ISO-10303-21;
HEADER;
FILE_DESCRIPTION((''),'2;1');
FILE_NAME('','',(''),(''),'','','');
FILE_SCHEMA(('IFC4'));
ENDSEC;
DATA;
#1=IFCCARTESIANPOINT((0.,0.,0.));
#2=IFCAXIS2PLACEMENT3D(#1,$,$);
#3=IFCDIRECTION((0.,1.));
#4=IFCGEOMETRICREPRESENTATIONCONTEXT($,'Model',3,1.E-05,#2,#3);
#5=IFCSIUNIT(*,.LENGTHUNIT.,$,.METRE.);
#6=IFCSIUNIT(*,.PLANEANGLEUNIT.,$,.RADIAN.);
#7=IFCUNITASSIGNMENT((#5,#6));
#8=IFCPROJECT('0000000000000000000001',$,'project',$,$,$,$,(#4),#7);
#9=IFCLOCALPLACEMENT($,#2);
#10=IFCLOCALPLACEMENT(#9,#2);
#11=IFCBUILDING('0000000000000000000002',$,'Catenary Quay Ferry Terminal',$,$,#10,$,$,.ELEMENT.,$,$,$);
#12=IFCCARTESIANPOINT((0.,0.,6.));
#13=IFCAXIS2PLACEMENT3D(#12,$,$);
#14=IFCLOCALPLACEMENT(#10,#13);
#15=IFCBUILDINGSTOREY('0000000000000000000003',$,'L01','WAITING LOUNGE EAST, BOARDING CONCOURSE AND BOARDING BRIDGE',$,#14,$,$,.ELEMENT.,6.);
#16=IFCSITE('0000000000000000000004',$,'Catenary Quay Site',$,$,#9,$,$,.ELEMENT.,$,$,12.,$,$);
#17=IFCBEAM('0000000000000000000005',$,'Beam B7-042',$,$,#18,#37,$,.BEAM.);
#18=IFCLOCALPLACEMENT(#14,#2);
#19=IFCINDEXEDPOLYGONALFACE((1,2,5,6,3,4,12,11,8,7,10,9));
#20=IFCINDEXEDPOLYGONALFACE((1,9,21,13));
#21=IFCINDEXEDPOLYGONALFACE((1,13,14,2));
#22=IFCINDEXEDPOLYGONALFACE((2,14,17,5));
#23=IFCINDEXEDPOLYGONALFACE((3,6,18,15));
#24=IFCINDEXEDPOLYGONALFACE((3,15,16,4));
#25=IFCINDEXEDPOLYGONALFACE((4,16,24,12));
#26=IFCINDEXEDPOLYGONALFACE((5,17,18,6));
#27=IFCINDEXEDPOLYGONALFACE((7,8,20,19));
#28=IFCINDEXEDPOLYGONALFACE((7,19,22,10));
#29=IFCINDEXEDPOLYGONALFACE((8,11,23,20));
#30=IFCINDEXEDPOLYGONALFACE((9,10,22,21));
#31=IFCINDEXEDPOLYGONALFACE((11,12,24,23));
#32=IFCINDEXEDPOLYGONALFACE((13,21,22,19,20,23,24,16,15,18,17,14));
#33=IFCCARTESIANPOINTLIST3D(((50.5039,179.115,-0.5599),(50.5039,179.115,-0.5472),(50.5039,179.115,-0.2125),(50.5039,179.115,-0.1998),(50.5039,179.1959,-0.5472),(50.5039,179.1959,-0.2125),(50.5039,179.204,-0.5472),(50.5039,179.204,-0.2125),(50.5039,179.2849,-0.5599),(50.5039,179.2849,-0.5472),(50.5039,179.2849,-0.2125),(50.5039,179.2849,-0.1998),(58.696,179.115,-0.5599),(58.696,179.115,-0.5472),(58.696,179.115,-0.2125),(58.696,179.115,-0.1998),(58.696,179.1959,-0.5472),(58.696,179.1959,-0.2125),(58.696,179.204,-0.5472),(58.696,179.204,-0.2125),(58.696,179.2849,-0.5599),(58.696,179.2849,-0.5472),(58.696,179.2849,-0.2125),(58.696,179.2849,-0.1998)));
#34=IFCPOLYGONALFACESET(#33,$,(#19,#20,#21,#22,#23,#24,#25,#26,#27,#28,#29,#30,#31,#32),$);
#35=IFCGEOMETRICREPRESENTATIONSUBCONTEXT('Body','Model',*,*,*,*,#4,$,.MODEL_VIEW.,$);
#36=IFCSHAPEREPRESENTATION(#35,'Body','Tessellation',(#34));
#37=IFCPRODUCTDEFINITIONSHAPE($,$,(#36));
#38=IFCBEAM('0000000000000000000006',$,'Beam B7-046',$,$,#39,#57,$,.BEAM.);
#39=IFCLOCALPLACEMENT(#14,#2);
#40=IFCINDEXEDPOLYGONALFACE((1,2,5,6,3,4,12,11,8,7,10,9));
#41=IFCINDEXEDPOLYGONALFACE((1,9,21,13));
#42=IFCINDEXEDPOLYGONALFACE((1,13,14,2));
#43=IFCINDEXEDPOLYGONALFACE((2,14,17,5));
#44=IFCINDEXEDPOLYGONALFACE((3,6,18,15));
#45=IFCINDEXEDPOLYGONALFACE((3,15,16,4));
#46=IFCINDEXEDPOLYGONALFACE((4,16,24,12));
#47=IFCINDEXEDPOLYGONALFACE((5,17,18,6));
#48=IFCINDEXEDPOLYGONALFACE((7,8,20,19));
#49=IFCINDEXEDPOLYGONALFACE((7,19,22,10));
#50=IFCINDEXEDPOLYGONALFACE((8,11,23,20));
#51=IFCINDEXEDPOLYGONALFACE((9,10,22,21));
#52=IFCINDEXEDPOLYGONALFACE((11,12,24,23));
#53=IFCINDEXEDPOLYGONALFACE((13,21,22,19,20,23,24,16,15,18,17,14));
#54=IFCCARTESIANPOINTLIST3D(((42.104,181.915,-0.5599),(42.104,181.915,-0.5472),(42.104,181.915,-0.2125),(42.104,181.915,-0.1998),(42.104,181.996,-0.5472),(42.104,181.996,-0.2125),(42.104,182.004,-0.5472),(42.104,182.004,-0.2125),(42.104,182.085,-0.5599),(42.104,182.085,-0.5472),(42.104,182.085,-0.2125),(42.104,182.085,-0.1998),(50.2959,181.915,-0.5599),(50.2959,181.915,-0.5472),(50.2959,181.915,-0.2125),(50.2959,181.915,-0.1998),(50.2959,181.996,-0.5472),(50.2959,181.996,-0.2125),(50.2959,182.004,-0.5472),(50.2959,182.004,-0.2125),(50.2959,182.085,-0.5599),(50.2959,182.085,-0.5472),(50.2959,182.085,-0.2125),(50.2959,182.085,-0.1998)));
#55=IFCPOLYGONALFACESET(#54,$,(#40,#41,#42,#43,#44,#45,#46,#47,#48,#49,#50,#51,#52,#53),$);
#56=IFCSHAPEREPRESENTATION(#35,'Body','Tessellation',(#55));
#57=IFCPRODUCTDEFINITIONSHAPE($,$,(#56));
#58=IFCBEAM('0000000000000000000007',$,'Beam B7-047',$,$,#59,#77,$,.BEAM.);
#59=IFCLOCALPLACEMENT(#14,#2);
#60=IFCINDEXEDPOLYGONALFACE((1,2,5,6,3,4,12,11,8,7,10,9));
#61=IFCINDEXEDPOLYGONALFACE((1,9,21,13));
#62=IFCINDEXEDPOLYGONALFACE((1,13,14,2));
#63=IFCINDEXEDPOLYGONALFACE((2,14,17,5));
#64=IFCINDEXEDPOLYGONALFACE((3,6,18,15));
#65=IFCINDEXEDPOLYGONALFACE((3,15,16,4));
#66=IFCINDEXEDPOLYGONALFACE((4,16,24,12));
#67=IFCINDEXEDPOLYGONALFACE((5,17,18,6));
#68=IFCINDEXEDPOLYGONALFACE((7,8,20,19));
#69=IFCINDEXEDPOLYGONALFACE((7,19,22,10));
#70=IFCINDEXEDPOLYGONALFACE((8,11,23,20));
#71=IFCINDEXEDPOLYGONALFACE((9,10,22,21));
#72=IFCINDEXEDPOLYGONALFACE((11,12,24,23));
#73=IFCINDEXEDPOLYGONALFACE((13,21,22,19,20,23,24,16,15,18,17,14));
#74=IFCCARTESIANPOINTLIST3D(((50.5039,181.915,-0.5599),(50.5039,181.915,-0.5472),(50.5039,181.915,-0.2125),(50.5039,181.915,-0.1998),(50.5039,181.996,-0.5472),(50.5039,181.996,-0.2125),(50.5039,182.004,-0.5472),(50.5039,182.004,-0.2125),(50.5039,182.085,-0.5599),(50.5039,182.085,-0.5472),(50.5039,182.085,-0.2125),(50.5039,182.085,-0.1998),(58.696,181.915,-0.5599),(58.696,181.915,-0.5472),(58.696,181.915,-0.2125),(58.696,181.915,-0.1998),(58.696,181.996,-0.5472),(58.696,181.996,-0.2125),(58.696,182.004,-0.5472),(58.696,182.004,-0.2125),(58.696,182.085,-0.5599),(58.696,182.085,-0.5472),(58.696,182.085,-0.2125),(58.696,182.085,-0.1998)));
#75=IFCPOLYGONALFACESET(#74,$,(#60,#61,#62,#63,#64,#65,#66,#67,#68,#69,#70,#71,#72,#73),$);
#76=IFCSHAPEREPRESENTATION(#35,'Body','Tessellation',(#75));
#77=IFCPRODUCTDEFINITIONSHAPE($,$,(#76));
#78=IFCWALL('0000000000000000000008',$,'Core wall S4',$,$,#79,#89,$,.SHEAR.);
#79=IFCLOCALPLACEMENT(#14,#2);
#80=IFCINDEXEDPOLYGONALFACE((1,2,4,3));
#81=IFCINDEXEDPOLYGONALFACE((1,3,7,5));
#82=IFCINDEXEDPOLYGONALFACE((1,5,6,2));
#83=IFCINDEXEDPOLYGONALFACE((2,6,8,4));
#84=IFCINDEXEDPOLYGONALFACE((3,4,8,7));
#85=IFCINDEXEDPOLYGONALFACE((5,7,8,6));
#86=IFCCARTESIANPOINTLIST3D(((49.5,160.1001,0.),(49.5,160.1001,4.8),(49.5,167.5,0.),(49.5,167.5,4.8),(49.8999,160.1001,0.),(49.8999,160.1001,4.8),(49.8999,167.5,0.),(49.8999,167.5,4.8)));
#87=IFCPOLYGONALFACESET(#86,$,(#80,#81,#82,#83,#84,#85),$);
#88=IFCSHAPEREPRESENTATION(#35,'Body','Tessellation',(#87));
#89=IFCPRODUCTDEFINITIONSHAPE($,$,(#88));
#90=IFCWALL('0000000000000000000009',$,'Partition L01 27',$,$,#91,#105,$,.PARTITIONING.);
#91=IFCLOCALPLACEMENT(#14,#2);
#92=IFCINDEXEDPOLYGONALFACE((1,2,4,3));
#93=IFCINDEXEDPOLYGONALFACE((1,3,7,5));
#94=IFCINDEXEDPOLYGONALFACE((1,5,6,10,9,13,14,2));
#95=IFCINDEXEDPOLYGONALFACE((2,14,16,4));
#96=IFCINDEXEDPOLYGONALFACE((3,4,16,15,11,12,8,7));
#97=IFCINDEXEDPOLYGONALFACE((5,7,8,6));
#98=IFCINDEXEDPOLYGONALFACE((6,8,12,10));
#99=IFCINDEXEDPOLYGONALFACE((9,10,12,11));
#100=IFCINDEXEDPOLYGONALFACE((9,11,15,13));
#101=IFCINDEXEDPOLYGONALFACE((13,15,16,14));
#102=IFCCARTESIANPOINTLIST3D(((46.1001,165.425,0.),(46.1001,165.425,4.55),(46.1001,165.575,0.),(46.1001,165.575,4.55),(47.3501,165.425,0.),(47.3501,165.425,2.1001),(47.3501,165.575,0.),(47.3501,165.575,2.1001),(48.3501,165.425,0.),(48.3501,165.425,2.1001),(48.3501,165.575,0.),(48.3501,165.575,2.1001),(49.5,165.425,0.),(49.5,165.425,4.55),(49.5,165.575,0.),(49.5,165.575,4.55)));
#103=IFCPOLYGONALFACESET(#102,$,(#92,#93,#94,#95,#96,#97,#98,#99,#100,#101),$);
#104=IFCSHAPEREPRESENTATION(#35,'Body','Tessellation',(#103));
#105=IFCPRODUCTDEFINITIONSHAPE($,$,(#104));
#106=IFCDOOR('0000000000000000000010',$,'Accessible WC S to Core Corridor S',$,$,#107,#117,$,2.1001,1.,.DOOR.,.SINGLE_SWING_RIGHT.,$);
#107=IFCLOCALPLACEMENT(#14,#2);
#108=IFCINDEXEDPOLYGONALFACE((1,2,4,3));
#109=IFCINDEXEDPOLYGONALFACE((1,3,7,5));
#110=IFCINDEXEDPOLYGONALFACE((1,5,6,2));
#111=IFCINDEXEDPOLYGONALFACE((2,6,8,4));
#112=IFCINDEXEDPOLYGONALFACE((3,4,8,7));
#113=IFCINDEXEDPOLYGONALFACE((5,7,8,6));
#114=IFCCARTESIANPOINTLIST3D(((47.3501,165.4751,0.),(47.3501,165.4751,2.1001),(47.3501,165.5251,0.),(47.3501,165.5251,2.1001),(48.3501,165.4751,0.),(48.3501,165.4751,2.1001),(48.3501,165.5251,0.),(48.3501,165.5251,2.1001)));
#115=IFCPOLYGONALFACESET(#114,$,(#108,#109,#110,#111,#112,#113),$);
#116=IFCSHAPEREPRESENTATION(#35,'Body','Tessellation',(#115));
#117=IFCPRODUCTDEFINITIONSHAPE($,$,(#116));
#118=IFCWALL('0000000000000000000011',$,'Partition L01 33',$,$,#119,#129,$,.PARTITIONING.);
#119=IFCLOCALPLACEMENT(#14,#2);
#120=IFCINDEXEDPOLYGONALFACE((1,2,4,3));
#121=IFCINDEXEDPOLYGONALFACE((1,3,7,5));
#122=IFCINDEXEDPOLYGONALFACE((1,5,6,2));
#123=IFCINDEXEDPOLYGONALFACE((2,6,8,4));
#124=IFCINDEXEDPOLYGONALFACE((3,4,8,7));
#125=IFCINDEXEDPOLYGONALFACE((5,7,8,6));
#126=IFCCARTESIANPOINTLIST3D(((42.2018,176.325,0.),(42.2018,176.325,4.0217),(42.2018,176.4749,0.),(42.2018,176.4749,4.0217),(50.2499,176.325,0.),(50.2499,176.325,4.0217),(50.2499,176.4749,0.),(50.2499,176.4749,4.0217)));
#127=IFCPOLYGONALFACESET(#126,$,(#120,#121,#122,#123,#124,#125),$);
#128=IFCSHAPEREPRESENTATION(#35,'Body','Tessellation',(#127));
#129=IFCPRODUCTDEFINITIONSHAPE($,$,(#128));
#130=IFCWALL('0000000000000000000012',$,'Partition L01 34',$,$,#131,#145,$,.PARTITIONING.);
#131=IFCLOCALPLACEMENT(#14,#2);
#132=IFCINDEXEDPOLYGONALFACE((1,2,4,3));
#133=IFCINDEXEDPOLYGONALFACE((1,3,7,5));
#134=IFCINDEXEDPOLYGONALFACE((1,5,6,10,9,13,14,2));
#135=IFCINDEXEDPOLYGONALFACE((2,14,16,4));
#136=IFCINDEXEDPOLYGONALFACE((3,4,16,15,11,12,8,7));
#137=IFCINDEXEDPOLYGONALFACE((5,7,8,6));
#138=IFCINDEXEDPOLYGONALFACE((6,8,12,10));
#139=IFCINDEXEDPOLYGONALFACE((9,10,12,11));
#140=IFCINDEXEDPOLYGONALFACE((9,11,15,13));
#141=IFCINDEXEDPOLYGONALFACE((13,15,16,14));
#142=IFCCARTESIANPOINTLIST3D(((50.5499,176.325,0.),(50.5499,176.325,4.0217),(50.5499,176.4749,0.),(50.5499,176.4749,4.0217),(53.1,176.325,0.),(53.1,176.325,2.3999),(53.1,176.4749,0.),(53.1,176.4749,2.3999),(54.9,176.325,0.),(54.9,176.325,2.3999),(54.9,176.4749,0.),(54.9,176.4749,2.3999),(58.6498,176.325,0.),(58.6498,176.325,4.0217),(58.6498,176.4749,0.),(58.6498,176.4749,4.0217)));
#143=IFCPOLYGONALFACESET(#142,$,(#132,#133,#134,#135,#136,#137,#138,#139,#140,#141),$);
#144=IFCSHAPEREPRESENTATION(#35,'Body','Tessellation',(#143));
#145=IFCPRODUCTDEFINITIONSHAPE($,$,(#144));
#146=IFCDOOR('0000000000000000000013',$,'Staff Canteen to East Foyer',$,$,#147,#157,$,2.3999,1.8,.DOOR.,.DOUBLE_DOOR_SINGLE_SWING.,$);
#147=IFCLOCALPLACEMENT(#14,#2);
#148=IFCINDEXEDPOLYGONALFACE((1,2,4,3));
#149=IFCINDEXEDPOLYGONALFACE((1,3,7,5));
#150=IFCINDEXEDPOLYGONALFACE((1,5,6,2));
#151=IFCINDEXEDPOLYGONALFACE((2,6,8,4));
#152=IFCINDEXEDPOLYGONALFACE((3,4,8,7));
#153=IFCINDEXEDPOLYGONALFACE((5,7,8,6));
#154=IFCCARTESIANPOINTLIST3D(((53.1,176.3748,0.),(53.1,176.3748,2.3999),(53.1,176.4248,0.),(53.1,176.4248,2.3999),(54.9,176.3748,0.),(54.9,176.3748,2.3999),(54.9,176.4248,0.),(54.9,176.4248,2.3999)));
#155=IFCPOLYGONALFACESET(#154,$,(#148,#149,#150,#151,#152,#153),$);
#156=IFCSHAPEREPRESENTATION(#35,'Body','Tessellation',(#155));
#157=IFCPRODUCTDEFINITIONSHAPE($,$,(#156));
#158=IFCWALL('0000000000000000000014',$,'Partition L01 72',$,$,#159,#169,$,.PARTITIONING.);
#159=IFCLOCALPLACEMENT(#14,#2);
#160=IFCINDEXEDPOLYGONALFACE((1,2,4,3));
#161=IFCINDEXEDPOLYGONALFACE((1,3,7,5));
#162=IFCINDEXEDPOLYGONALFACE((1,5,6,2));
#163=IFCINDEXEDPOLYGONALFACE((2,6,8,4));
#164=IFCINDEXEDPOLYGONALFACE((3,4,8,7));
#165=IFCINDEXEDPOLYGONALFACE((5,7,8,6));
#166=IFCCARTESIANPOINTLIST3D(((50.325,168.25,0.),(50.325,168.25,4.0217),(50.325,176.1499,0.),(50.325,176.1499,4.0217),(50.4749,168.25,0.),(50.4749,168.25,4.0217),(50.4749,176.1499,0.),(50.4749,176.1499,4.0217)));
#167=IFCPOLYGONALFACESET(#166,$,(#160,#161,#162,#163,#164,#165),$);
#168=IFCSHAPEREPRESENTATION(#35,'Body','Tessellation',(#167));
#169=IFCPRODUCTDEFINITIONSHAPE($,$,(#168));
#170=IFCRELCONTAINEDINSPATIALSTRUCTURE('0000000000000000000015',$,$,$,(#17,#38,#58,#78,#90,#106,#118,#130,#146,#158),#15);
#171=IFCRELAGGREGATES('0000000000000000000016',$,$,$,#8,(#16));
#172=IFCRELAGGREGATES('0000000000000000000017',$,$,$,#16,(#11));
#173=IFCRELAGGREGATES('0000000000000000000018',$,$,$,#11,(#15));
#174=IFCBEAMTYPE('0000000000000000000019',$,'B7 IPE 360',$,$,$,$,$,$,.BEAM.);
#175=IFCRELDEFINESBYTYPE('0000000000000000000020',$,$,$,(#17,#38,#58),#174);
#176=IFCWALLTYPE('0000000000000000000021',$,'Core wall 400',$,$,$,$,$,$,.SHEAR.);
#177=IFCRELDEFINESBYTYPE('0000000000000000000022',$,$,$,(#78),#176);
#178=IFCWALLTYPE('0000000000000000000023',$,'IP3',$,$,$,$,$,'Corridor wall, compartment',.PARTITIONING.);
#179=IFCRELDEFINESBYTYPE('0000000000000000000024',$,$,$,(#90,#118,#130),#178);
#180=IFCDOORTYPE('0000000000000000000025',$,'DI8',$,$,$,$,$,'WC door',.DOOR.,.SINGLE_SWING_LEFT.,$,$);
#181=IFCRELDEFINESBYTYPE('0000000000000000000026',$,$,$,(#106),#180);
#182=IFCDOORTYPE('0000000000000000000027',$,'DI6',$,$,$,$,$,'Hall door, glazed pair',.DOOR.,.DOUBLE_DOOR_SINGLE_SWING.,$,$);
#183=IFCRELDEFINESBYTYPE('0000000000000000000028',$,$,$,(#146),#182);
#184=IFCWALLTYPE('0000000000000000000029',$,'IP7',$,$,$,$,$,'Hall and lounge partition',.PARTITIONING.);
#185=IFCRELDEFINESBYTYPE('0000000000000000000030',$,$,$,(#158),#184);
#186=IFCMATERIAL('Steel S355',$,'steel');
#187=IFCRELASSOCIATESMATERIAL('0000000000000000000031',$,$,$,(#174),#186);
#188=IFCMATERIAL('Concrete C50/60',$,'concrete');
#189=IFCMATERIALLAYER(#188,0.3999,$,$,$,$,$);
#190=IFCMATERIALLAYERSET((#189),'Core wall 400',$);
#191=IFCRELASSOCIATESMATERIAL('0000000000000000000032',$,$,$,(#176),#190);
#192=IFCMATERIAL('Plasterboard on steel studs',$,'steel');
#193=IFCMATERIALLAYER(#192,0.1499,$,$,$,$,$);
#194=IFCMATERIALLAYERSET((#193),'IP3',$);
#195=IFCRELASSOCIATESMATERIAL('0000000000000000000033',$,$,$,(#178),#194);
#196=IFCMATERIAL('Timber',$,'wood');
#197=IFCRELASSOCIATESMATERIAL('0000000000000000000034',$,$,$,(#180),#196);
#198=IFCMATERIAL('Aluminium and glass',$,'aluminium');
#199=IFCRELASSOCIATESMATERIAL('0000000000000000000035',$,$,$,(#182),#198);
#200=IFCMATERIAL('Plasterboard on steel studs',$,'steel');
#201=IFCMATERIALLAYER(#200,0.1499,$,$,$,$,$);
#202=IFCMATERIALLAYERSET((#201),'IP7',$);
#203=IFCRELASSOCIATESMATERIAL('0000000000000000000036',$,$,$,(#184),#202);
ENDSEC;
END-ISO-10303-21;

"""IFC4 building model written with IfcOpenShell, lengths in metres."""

from ifc_helpers import new_model, si_unit, direction, frame, frame_2d, origin, origin_2d, place, context, subcontext, project, spatial, rectangle, i_section, extrude, material, layer, layer_set, material_profile, profile_set, type_object, element, fill, save


model = new_model("IFC4")

# Units and contexts
model_context = context("Model", 3, precision=1e-05, world=origin(), true_north=direction((0.0, 1.0)))
body_context = subcontext(model_context, "Body", "Model", "MODEL_VIEW")
ifc_project = project(units=[si_unit("LENGTHUNIT", "METRE"), si_unit("PLANEANGLEUNIT", "RADIAN")], contexts=[model_context])

# Site, building, storey
site_placement = place(None, origin())
site = spatial("IfcSite", under=ifc_project, at=site_placement, Name="Catenary Quay Site", CompositionType="ELEMENT", RefElevation=12.0)
building_placement = place(site_placement, origin())
building = spatial("IfcBuilding", under=site, at=building_placement, Name="Catenary Quay Ferry Terminal", CompositionType="ELEMENT")
storey_placement = place(building_placement, frame((0.0, 0.0, 6.0)))
storey = spatial("IfcBuildingStorey", under=building, at=storey_placement, Name="L01", Description="WAITING LOUNGE EAST, BOARDING CONCOURSE AND BOARDING BRIDGE", CompositionType="ELEMENT", Elevation=6.0)

# Beams
ifc_material_1 = material(Name="Steel S355", Category="steel")
ifc_material_profile_1 = material_profile(ifc_material_1, i_section(OverallWidth=0.1699, OverallDepth=0.3601, WebThickness=0.0081, FlangeThickness=0.0127, at=origin_2d()), Name="IPE 360")
ifc_profile_set_1 = profile_set([ifc_material_profile_1], Name="Steel S355")
beam_type_1 = type_object("IfcBeamType", Name="B7 IPE 360", PredefinedType="BEAM", material=ifc_profile_set_1)
beam_1_placement = place(storey_placement, frame((50.5039, 179.2, -0.3799), z_axis=(1.0, 0.0, 0.0), x_axis=(0.0, 1.0, 0.0)))
element("IfcBeam", 1, at=beam_1_placement, inside=storey, type_object=beam_type_1, Name="Beam B7-042", PredefinedType="BEAM", context=body_context, shape_type="SweptSolid", body=[
    extrude(i_section(OverallWidth=0.1699, OverallDepth=0.3601, WebThickness=0.0081, FlangeThickness=0.0127, at=origin_2d()), origin(), (0.0, 0.0, 1.0), 8.1921),
])
beam_2_placement = place(storey_placement, frame((42.104, 182.0, -0.3799), z_axis=(1.0, 0.0, 0.0), x_axis=(0.0, 1.0, 0.0)))
element("IfcBeam", 2, at=beam_2_placement, inside=storey, type_object=beam_type_1, Name="Beam B7-046", PredefinedType="BEAM", context=body_context, shape_type="SweptSolid", body=[
    extrude(i_section(OverallWidth=0.1699, OverallDepth=0.3601, WebThickness=0.0081, FlangeThickness=0.0127, at=origin_2d()), origin(), (0.0, 0.0, 1.0), 8.1919),
])
beam_3_placement = place(storey_placement, frame((50.5039, 182.0, -0.3799), z_axis=(1.0, 0.0, 0.0), x_axis=(0.0, 1.0, 0.0)))
element("IfcBeam", 3, at=beam_3_placement, inside=storey, type_object=beam_type_1, Name="Beam B7-047", PredefinedType="BEAM", context=body_context, shape_type="SweptSolid", body=[
    extrude(i_section(OverallWidth=0.1699, OverallDepth=0.3601, WebThickness=0.0081, FlangeThickness=0.0127, at=origin_2d()), origin(), (0.0, 0.0, 1.0), 8.1921),
])

# Wall
ifc_material_2 = material(Name="Concrete C50/60", Category="concrete")
ifc_layer_1 = layer(ifc_material_2, 0.3999)
ifc_layer_set_1 = layer_set([ifc_layer_1], Name="Core wall 400")
wall_type_1 = type_object("IfcWallType", Name="Core wall 400", PredefinedType="SHEAR", material=ifc_layer_set_1)
wall_1_placement = place(storey_placement, frame((49.7, 160.1001, 0.0), z_axis=(0.0, 0.0, 1.0), x_axis=(0.0, 1.0, 0.0)))
element("IfcWall", 4, at=wall_1_placement, inside=storey, type_object=wall_type_1, Name="Core wall S4", PredefinedType="SHEAR", context=body_context, shape_type="SweptSolid", body=[
    extrude(rectangle(XDim=7.3999, YDim=0.3999, at=frame_2d((3.7, 0.0))), origin(), (0.0, 0.0, 1.0), 4.8),
])

# Wall, opening, door
ifc_material_3 = material(Name="Plasterboard on steel studs", Category="steel")
ifc_layer_2 = layer(ifc_material_3, 0.1499)
ifc_layer_set_2 = layer_set([ifc_layer_2], Name="IP3")
wall_type_2 = type_object("IfcWallType", Name="IP3", ElementType="Corridor wall, compartment", PredefinedType="PARTITIONING", material=ifc_layer_set_2)
wall_2_placement = place(storey_placement, frame((46.1001, 165.5, 0.0), z_axis=(0.0, 0.0, 1.0), x_axis=(1.0, 0.0, 0.0)))
wall_2 = element("IfcWall", 5, at=wall_2_placement, inside=storey, type_object=wall_type_2, Name="Partition L01 27", PredefinedType="PARTITIONING", context=body_context, shape_type="SweptSolid", body=[
    extrude(rectangle(XDim=3.3999, YDim=0.1499, at=frame_2d((1.7, 0.0))), origin(), (0.0, 0.0, 1.0), 4.55),
])
opening_1_placement = place(wall_2_placement, frame((1.25, 0.0, 0.0)))
opening_1 = element("IfcOpeningElement", 6, at=opening_1_placement, cuts=wall_2, PredefinedType="OPENING", context=body_context, shape_type="SweptSolid", body=[
    extrude(rectangle(XDim=1.0, YDim=2.1001, at=frame_2d((0.5, 1.05))), frame((0.0, 0.085, 0.0), z_axis=(0.0, -1.0, 0.0), x_axis=(1.0, 0.0, 0.0)), (0.0, 0.0, 1.0), 0.1699),
])
ifc_material_4 = material(Name="Timber", Category="wood")
door_type_1 = type_object("IfcDoorType", Name="DI8", ElementType="WC door", OperationType="SINGLE_SWING_LEFT", PredefinedType="DOOR", material=ifc_material_4)
door_1_placement = place(opening_1_placement, frame((1.0, 0.0, 0.0), z_axis=(0.0, 0.0, 1.0), x_axis=(-1.0, 0.0, 0.0)))
door_1 = element("IfcDoor", 7, at=door_1_placement, inside=storey, type_object=door_type_1, Name="Accessible WC S to Core Corridor S", OperationType="SINGLE_SWING_RIGHT", OverallHeight=2.1001, OverallWidth=1.0, PredefinedType="DOOR", context=body_context, shape_type="SweptSolid", body=[
    extrude(rectangle(XDim=1.0, YDim=2.1001, at=frame_2d((0.5, 1.05))), frame((0.0, 0.0249, 0.0), z_axis=(0.0, -1.0, 0.0), x_axis=(1.0, 0.0, 0.0)), (0.0, 0.0, 1.0), 0.05),
])
fill(opening_1, door_1)

# Wall
wall_3_placement = place(storey_placement, frame((42.2019, 176.3999, 0.0), z_axis=(0.0, 0.0, 1.0), x_axis=(1.0, 0.0, 0.0)))
element("IfcWall", 8, at=wall_3_placement, inside=storey, type_object=wall_type_2, Name="Partition L01 33", PredefinedType="PARTITIONING", context=body_context, shape_type="SweptSolid", body=[
    extrude(rectangle(XDim=8.0481, YDim=0.1499, at=frame_2d((4.0239, 0.0))), origin(), (0.0, 0.0, 1.0), 4.0217),
])

# Wall, opening, door
wall_4_placement = place(storey_placement, frame((50.55, 176.3999, 0.0), z_axis=(0.0, 0.0, 1.0), x_axis=(1.0, 0.0, 0.0)))
wall_4 = element("IfcWall", 9, at=wall_4_placement, inside=storey, type_object=wall_type_2, Name="Partition L01 34", PredefinedType="PARTITIONING", context=body_context, shape_type="SweptSolid", body=[
    extrude(rectangle(XDim=8.0999, YDim=0.1499, at=frame_2d((4.0498, 0.0))), origin(), (0.0, 0.0, 1.0), 4.0217),
])
opening_2_placement = place(wall_4_placement, frame((2.55, 0.0, 0.0)))
opening_2 = element("IfcOpeningElement", 10, at=opening_2_placement, cuts=wall_4, PredefinedType="OPENING", context=body_context, shape_type="SweptSolid", body=[
    extrude(rectangle(XDim=1.8, YDim=2.3999, at=frame_2d((0.8999, 1.2))), frame((0.0, 0.085, 0.0), z_axis=(0.0, -1.0, 0.0), x_axis=(1.0, 0.0, 0.0)), (0.0, 0.0, 1.0), 0.1699),
])
ifc_material_5 = material(Name="Aluminium and glass", Category="aluminium")
door_type_2 = type_object("IfcDoorType", Name="DI6", ElementType="Hall door, glazed pair", OperationType="DOUBLE_DOOR_SINGLE_SWING", PredefinedType="DOOR", material=ifc_material_5)
door_2_placement = place(opening_2_placement, origin())
door_2 = element("IfcDoor", 11, at=door_2_placement, inside=storey, type_object=door_type_2, Name="Staff Canteen to East Foyer", OperationType="DOUBLE_DOOR_SINGLE_SWING", OverallHeight=2.3999, OverallWidth=1.8, PredefinedType="DOOR", context=body_context, shape_type="SweptSolid", body=[
    extrude(rectangle(XDim=1.8, YDim=2.3999, at=frame_2d((0.8999, 1.2))), frame((0.0, 0.0249, 0.0), z_axis=(0.0, -1.0, 0.0), x_axis=(1.0, 0.0, 0.0)), (0.0, 0.0, 1.0), 0.05),
])
fill(opening_2, door_2)

# Wall
ifc_material_6 = material(Name="Plasterboard on steel studs", Category="steel")
ifc_layer_3 = layer(ifc_material_6, 0.1499)
ifc_layer_set_3 = layer_set([ifc_layer_3], Name="IP7")
wall_type_3 = type_object("IfcWallType", Name="IP7", ElementType="Hall and lounge partition", PredefinedType="PARTITIONING", material=ifc_layer_set_3)
wall_5_placement = place(storey_placement, frame((50.3999, 168.25, 0.0), z_axis=(0.0, 0.0, 1.0), x_axis=(0.0, 1.0, 0.0)))
element("IfcWall", 12, at=wall_5_placement, inside=storey, type_object=wall_type_3, Name="Partition L01 72", PredefinedType="PARTITIONING", context=body_context, shape_type="SweptSolid", body=[
    extrude(rectangle(XDim=7.8999, YDim=0.1499, at=frame_2d((3.95, 0.0))), origin(), (0.0, 0.0, 1.0), 4.0217),
])

save(model, "model.ifc")
